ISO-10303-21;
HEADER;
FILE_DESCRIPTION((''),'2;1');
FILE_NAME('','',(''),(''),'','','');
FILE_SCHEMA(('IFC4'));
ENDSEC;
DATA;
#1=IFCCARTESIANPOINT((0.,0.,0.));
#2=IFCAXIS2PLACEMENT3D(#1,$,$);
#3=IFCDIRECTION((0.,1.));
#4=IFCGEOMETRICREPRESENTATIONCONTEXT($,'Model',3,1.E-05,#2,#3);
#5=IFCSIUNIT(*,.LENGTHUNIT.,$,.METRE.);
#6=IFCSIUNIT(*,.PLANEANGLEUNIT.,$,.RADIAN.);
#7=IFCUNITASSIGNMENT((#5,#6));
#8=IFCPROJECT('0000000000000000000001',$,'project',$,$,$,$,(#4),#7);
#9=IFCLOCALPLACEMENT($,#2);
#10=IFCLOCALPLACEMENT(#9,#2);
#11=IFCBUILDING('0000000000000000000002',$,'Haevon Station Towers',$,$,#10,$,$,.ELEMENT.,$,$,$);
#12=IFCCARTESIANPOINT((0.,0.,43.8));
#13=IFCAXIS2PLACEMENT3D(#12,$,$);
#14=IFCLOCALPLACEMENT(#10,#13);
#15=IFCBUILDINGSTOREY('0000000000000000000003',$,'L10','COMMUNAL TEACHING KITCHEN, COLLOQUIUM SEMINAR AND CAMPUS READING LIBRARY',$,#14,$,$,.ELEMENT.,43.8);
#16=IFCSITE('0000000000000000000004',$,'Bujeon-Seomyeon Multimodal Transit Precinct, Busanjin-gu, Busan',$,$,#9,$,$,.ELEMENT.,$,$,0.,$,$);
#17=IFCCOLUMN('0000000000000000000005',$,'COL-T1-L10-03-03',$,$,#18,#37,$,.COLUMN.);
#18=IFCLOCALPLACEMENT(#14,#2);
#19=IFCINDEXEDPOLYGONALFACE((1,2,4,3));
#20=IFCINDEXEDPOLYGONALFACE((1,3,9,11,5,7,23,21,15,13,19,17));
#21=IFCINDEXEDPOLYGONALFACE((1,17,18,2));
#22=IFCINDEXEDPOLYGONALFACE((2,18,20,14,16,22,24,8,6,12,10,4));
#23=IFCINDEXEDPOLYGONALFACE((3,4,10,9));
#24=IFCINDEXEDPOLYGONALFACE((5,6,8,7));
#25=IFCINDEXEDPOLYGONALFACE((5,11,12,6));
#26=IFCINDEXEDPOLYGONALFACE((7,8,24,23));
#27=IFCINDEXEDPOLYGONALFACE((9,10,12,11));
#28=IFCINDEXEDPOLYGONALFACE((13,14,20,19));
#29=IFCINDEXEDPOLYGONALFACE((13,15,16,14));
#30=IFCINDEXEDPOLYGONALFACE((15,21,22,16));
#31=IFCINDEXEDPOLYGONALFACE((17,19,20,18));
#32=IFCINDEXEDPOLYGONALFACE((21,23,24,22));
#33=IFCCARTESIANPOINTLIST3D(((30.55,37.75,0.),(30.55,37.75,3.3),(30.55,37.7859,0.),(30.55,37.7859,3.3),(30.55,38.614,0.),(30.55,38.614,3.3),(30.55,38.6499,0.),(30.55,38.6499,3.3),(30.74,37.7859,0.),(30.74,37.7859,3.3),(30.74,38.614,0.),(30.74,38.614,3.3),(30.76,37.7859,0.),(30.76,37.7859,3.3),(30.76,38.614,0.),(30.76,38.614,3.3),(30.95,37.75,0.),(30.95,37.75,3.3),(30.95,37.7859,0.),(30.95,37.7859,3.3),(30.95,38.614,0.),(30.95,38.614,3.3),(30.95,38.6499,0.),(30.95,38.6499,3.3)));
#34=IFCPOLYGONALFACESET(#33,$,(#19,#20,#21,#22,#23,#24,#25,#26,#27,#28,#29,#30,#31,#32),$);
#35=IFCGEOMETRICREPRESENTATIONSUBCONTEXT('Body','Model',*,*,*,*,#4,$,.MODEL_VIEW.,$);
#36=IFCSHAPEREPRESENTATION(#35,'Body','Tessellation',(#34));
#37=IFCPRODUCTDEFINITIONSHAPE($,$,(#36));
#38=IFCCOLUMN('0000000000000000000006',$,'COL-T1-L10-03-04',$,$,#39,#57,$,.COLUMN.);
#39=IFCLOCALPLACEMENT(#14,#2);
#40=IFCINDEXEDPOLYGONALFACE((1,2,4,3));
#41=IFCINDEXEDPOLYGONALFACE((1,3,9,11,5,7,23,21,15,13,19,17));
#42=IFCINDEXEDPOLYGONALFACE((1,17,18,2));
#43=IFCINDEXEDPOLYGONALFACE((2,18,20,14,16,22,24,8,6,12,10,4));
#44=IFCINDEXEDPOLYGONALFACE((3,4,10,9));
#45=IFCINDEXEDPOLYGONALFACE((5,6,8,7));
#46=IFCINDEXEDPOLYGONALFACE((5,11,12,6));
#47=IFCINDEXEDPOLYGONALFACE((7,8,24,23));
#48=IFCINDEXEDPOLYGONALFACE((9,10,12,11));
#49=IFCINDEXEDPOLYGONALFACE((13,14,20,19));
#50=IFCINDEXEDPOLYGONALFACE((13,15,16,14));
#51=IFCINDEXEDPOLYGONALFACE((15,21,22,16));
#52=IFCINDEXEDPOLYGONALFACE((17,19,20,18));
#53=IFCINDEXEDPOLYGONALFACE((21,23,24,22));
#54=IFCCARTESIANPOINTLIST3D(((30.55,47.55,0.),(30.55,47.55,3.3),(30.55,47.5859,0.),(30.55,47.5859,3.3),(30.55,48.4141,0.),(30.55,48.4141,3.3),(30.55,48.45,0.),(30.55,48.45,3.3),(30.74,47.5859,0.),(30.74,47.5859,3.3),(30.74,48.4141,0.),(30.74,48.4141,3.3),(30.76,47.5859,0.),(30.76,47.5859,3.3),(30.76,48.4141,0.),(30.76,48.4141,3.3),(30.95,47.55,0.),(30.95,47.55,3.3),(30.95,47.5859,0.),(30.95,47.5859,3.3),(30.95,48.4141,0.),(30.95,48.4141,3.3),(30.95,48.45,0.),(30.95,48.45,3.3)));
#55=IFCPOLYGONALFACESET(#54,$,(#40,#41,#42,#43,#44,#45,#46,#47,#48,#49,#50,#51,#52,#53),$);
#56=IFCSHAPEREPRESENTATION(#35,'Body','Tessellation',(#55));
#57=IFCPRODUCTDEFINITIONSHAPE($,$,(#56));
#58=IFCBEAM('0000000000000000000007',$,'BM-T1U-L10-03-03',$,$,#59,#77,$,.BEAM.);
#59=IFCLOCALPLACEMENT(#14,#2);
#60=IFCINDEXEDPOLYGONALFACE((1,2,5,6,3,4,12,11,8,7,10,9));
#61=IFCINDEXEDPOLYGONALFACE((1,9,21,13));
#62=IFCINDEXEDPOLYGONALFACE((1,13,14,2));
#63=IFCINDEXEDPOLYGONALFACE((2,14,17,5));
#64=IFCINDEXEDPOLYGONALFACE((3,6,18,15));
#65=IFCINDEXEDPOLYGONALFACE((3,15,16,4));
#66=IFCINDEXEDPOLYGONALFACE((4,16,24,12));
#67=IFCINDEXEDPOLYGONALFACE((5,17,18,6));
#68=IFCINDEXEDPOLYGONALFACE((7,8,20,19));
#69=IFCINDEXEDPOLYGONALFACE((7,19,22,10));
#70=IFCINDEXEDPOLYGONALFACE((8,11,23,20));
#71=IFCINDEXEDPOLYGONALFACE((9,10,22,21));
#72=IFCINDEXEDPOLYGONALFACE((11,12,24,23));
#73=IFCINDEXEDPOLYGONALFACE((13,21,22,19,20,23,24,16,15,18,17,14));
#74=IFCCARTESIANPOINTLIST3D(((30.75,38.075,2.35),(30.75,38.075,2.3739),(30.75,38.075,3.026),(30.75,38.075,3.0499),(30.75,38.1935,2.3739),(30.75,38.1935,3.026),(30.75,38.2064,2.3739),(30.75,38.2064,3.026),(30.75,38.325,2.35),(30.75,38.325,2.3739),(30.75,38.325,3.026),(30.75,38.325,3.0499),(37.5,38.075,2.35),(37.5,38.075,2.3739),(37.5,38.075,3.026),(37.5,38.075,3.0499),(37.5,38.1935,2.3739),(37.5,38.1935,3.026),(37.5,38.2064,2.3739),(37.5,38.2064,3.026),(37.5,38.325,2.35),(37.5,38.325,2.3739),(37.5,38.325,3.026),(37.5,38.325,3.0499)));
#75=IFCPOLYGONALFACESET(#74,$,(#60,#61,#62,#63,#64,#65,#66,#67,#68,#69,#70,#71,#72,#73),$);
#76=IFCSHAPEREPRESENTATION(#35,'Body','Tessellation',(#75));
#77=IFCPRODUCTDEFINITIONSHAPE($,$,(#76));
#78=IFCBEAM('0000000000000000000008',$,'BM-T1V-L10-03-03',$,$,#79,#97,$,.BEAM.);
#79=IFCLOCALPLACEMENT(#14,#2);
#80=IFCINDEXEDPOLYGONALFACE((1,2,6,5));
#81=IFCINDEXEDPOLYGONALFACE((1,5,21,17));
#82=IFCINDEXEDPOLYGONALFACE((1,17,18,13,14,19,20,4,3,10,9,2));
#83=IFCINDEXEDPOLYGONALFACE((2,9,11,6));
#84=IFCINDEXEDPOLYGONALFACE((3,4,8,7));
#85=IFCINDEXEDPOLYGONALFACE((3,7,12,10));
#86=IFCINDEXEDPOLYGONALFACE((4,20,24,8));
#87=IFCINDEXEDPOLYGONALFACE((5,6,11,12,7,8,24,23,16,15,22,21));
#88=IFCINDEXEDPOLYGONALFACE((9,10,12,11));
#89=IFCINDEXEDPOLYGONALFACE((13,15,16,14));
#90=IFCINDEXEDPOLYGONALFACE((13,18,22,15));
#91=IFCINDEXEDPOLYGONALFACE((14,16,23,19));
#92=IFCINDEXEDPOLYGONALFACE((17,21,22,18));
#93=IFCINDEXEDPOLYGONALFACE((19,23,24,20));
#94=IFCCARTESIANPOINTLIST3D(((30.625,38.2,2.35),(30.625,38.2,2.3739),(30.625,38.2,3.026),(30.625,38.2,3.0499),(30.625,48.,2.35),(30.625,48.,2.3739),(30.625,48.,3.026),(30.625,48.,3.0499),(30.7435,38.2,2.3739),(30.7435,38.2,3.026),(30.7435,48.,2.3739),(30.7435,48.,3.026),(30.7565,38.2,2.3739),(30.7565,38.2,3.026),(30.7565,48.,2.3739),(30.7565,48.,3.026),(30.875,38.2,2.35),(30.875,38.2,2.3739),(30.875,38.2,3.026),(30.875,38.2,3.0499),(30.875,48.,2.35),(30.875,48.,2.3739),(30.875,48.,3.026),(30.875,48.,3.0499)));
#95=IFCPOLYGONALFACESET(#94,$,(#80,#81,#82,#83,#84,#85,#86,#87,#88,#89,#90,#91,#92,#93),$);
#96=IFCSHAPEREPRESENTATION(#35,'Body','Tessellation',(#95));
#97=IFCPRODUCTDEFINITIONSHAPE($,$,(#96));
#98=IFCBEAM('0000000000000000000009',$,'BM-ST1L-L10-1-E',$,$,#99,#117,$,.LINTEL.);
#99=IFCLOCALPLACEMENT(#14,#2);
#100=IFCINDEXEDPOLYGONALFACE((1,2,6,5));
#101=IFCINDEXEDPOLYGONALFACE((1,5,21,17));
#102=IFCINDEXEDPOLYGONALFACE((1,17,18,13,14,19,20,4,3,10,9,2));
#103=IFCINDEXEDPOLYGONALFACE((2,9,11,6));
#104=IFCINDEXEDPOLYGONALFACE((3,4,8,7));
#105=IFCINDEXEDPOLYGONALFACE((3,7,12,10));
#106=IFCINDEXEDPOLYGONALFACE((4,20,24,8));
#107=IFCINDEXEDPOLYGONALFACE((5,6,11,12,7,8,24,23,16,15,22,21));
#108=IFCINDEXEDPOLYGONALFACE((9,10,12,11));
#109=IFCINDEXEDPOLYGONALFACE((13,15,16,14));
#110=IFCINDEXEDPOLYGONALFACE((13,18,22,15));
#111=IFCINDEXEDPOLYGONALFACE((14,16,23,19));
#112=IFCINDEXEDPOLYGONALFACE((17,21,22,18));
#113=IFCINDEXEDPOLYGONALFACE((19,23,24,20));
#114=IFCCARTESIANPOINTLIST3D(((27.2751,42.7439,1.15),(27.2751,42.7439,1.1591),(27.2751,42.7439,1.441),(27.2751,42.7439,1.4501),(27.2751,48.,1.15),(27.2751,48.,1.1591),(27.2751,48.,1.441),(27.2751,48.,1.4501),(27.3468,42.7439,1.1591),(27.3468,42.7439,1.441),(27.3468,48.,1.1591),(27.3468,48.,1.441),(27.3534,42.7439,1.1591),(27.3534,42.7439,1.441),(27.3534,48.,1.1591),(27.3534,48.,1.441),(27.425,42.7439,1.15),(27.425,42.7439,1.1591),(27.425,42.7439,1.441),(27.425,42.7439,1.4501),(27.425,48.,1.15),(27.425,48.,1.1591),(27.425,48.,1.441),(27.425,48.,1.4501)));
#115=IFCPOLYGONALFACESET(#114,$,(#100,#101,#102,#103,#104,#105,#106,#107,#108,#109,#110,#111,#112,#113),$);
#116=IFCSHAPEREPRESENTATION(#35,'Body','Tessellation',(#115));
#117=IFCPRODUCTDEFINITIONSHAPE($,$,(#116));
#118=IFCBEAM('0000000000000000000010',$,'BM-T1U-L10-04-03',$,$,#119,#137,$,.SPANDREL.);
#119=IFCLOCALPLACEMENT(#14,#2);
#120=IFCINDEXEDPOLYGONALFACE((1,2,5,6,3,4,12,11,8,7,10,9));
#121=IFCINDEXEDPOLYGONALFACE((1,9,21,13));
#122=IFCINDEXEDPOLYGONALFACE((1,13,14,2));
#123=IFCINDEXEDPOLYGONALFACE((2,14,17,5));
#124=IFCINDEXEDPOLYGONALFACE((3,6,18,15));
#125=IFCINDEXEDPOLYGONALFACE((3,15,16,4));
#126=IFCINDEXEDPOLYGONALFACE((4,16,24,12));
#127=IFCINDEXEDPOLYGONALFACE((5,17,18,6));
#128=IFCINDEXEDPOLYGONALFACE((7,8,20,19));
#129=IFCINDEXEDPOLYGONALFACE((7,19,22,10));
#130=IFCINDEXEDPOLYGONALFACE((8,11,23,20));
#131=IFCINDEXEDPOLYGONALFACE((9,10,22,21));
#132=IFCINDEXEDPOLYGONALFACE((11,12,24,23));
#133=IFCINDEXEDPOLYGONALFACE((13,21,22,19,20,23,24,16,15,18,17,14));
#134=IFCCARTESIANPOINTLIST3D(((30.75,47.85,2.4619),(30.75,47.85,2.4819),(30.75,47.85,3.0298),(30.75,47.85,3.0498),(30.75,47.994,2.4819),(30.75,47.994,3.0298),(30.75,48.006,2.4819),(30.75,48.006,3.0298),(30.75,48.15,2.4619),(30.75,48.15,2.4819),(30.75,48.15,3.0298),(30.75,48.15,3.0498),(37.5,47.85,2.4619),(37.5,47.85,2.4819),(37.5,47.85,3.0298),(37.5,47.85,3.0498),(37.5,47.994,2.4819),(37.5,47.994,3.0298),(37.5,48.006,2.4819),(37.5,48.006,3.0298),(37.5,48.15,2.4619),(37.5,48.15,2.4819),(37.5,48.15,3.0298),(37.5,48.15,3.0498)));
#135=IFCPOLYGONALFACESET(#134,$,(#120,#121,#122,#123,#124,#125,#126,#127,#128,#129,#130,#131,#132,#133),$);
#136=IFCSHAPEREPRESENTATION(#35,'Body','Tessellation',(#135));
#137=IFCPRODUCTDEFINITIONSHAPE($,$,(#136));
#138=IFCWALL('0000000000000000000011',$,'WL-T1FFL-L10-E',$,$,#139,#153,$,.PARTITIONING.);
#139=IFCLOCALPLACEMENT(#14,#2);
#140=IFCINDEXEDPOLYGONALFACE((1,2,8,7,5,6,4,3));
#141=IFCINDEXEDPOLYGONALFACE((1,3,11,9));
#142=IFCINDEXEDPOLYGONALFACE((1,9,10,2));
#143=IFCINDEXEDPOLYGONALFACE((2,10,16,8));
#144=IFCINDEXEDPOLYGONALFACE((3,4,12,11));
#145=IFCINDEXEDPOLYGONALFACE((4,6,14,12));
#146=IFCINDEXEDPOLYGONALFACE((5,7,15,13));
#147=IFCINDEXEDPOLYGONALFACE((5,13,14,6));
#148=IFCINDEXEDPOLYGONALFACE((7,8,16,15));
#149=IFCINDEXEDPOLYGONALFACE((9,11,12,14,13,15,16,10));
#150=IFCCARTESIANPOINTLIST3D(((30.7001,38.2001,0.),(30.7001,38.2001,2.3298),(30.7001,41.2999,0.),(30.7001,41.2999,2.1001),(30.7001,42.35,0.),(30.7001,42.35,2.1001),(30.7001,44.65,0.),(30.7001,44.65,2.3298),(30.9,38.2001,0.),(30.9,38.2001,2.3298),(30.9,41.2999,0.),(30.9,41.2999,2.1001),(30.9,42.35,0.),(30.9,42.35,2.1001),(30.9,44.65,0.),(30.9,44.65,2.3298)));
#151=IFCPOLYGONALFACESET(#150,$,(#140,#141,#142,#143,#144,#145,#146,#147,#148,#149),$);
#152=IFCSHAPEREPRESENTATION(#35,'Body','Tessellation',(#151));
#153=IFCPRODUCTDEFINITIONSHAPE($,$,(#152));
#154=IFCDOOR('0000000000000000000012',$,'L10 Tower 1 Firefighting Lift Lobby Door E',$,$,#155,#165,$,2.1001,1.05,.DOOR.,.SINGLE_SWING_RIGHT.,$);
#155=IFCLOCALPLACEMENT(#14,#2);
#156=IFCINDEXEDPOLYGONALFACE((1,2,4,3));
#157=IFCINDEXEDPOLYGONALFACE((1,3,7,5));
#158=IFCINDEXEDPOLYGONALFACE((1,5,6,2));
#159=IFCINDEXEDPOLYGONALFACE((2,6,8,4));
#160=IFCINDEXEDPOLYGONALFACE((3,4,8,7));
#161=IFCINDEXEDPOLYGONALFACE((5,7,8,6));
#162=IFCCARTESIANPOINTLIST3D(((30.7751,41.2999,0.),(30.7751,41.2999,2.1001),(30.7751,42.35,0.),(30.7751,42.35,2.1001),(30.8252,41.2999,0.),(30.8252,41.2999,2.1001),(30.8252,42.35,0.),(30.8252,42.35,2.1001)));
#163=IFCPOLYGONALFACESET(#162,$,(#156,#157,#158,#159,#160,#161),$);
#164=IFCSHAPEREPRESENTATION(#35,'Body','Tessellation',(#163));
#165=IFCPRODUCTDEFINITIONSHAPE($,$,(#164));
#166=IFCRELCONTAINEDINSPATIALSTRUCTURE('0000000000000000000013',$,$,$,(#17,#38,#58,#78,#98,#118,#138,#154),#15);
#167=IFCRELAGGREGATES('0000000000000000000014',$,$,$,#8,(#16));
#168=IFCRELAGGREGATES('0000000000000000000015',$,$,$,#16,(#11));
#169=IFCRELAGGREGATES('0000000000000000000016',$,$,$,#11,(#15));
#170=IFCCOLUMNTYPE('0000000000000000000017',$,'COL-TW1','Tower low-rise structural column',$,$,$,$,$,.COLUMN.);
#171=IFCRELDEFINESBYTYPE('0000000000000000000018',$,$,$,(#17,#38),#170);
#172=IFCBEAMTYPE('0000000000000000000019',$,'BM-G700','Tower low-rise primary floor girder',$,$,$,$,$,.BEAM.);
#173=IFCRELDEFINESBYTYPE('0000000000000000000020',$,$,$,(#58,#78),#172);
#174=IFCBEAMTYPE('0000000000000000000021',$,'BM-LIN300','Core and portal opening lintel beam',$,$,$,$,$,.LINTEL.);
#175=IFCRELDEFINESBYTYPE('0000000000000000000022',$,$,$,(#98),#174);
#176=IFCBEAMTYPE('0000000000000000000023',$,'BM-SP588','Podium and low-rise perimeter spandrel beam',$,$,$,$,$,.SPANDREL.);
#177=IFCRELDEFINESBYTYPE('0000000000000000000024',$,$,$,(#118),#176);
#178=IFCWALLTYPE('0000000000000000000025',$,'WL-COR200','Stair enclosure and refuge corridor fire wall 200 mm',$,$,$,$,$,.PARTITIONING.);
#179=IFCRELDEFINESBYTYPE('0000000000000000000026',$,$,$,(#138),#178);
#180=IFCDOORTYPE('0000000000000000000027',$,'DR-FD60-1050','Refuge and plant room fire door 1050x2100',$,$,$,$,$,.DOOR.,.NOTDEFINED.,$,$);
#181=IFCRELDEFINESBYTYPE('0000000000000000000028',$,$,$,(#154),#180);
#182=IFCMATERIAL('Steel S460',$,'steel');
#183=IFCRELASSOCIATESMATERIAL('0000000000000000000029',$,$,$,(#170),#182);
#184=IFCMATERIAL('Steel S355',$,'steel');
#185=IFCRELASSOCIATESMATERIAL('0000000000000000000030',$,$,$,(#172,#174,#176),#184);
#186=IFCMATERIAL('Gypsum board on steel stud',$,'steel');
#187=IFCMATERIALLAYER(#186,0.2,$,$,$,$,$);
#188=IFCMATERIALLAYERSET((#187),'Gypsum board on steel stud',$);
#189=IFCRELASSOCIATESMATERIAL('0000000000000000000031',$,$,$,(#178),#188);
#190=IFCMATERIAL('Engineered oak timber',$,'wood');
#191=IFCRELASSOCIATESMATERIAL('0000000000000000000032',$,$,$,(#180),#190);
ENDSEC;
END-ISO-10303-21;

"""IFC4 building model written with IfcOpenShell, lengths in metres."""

from ifc_helpers import new_model, si_unit, direction, frame, frame_2d, origin, origin_2d, place, context, subcontext, project, spatial, rectangle, i_section, extrude, material, layer, layer_set, material_profile, profile_set, type_object, element, fill, save


model = new_model("IFC4")

# Units and contexts
model_context = context("Model", 3, precision=1e-05, world=origin(), true_north=direction((0.0, 1.0)))
body_context = subcontext(model_context, "Body", "Model", "MODEL_VIEW")
ifc_project = project(units=[si_unit("LENGTHUNIT", "METRE"), si_unit("PLANEANGLEUNIT", "RADIAN")], contexts=[model_context])

# Site, building, storey
site_placement = place(None, origin())
site = spatial("IfcSite", under=ifc_project, at=site_placement, Name="Bujeon-Seomyeon Multimodal Transit Precinct, Busanjin-gu, Busan", CompositionType="ELEMENT", RefElevation=0.0)
building_placement = place(site_placement, origin())
building = spatial("IfcBuilding", under=site, at=building_placement, Name="Haevon Station Towers", CompositionType="ELEMENT")
storey_placement = place(building_placement, frame((0.0, 0.0, 43.8)))
storey = spatial("IfcBuildingStorey", under=building, at=storey_placement, Name="L10", Description="COMMUNAL TEACHING KITCHEN, COLLOQUIUM SEMINAR AND CAMPUS READING LIBRARY", CompositionType="ELEMENT", Elevation=43.8)

# Columns
ifc_material_1 = material(Name="Steel S460", Category="steel")
ifc_material_profile_1 = material_profile(ifc_material_1, i_section(OverallWidth=0.3999, OverallDepth=0.8999, WebThickness=0.02, FlangeThickness=0.0359, at=origin_2d()), Name="H-900x400x20x36")
ifc_profile_set_1 = profile_set([ifc_material_profile_1], Name="Steel S460")
column_type = type_object("IfcColumnType", Name="COL-TW1", Description="Tower low-rise structural column", PredefinedType="COLUMN", material=ifc_profile_set_1)
for number, where, z_axis, x_axis, name in (
    (1, (30.75, 38.2, 0.0), (0.0, 0.0, 1.0), (1.0, 0.0, 0.0), "COL-T1-L10-03-03"),
    (2, (30.75, 48.0, 0.0), (0.0, 0.0, 1.0), (1.0, 0.0, 0.0), "COL-T1-L10-03-04"),
):
    element("IfcColumn", number, at=place(storey_placement, frame(where, z_axis=z_axis, x_axis=x_axis)), inside=storey, type_object=column_type, Name=name, PredefinedType="COLUMN", context=body_context, shape_type="SweptSolid", body=[
        extrude(i_section(OverallWidth=0.3999, OverallDepth=0.8999, WebThickness=0.02, FlangeThickness=0.0359, at=origin_2d()), origin(), (0.0, 0.0, 1.0), 3.3),
    ])

# Beams
ifc_material_2 = material(Name="Steel S355", Category="steel")
ifc_material_profile_2 = material_profile(ifc_material_2, i_section(OverallWidth=0.25, OverallDepth=0.7, WebThickness=0.0129, FlangeThickness=0.0239, at=origin_2d()), Name="H-700x250x13x24")
ifc_profile_set_2 = profile_set([ifc_material_profile_2], Name="Steel S355")
beam_type_1 = type_object("IfcBeamType", Name="BM-G700", Description="Tower low-rise primary floor girder", PredefinedType="BEAM", material=ifc_profile_set_2)
beam_1_placement = place(storey_placement, frame((30.75, 38.2, 2.7), z_axis=(1.0, 0.0, 0.0), x_axis=(0.0, 1.0, 0.0)))
element("IfcBeam", 3, at=beam_1_placement, inside=storey, type_object=beam_type_1, Name="BM-T1U-L10-03-03", PredefinedType="BEAM", context=body_context, shape_type="SweptSolid", body=[
    extrude(i_section(OverallWidth=0.25, OverallDepth=0.7, WebThickness=0.0129, FlangeThickness=0.0239, at=origin_2d()), origin(), (0.0, 0.0, 1.0), 6.75),
])
beam_2_placement = place(storey_placement, frame((30.75, 38.2, 2.7), z_axis=(0.0, 1.0, 0.0), x_axis=(-1.0, 0.0, 0.0)))
element("IfcBeam", 4, at=beam_2_placement, inside=storey, type_object=beam_type_1, Name="BM-T1V-L10-03-03", PredefinedType="BEAM", context=body_context, shape_type="SweptSolid", body=[
    extrude(i_section(OverallWidth=0.25, OverallDepth=0.7, WebThickness=0.0129, FlangeThickness=0.0239, at=origin_2d()), origin(), (0.0, 0.0, 1.0), 9.8),
])
ifc_material_profile_3 = material_profile(ifc_material_2, i_section(OverallWidth=0.1499, OverallDepth=0.3, WebThickness=0.0066, FlangeThickness=0.009, at=origin_2d()), Name="H-300x150x6.5x9")
ifc_profile_set_3 = profile_set([ifc_material_profile_3], Name="Steel S355")
beam_type_2 = type_object("IfcBeamType", Name="BM-LIN300", Description="Core and portal opening lintel beam", PredefinedType="LINTEL", material=ifc_profile_set_3)
beam_3_placement = place(storey_placement, frame((27.3501, 42.7439, 1.3), z_axis=(0.0, 1.0, 0.0), x_axis=(-1.0, 0.0, 0.0)))
element("IfcBeam", 5, at=beam_3_placement, inside=storey, type_object=beam_type_2, Name="BM-ST1L-L10-1-E", PredefinedType="LINTEL", context=body_context, shape_type="SweptSolid", body=[
    extrude(i_section(OverallWidth=0.1499, OverallDepth=0.3, WebThickness=0.0066, FlangeThickness=0.009, at=origin_2d()), origin(), (0.0, 0.0, 1.0), 5.2561),
])
ifc_material_profile_4 = material_profile(ifc_material_2, i_section(OverallWidth=0.3, OverallDepth=0.5879, WebThickness=0.012, FlangeThickness=0.02, at=origin_2d()), Name="H-588x300x12x20")
ifc_profile_set_4 = profile_set([ifc_material_profile_4], Name="Steel S355")
beam_type_3 = type_object("IfcBeamType", Name="BM-SP588", Description="Podium and low-rise perimeter spandrel beam", PredefinedType="SPANDREL", material=ifc_profile_set_4)
beam_4_placement = place(storey_placement, frame((30.75, 48.0, 2.7559), z_axis=(1.0, 0.0, 0.0), x_axis=(0.0, 1.0, 0.0)))
element("IfcBeam", 6, at=beam_4_placement, inside=storey, type_object=beam_type_3, Name="BM-T1U-L10-04-03", PredefinedType="SPANDREL", context=body_context, shape_type="SweptSolid", body=[
    extrude(i_section(OverallWidth=0.3, OverallDepth=0.5879, WebThickness=0.012, FlangeThickness=0.02, at=origin_2d()), origin(), (0.0, 0.0, 1.0), 6.75),
])

# Wall, opening, door
ifc_material_3 = material(Name="Gypsum board on steel stud", Category="steel")
ifc_layer_1 = layer(ifc_material_3, 0.2)
ifc_layer_set_1 = layer_set([ifc_layer_1], Name="Gypsum board on steel stud")
wall_type_1 = type_object("IfcWallType", Name="WL-COR200", Description="Stair enclosure and refuge corridor fire wall 200 mm", PredefinedType="PARTITIONING", material=ifc_layer_set_1)
wall_1_placement = place(storey_placement, frame((30.8, 38.2, 0.0), z_axis=(0.0, 0.0, 1.0), x_axis=(0.0, 1.0, 0.0)))
wall_1 = element("IfcWall", 7, at=wall_1_placement, inside=storey, type_object=wall_type_1, Name="WL-T1FFL-L10-E", PredefinedType="PARTITIONING", context=body_context, shape_type="SweptSolid", body=[
    extrude(rectangle(XDim=6.45, YDim=0.2, at=frame_2d((3.2251, 0.0))), origin(), (0.0, 0.0, 1.0), 2.3298),
])
opening_1_placement = place(wall_1_placement, frame((3.1001, 0.0, 0.0)))
opening_1 = element("IfcOpeningElement", 8, at=opening_1_placement, cuts=wall_1, PredefinedType="OPENING", context=body_context, shape_type="SweptSolid", body=[
    extrude(rectangle(XDim=1.05, YDim=2.1001, at=frame_2d((0.5249, 1.05))), frame((0.0, 0.1099, 0.0), z_axis=(0.0, -1.0, 0.0), x_axis=(1.0, 0.0, 0.0)), (0.0, 0.0, 1.0), 0.22),
])
ifc_material_4 = material(Name="Engineered oak timber", Category="wood")
door_type_1 = type_object("IfcDoorType", Name="DR-FD60-1050", Description="Refuge and plant room fire door 1050x2100", OperationType="NOTDEFINED", PredefinedType="DOOR", material=ifc_material_4)
door_1_placement = place(opening_1_placement, origin())
door_1 = element("IfcDoor", 9, at=door_1_placement, inside=storey, type_object=door_type_1, Name="L10 Tower 1 Firefighting Lift Lobby Door E", OperationType="SINGLE_SWING_RIGHT", OverallHeight=2.1001, OverallWidth=1.05, PredefinedType="DOOR", context=body_context, shape_type="SweptSolid", body=[
    extrude(rectangle(XDim=1.05, YDim=2.1001, at=frame_2d((0.5249, 1.05))), frame((0.0, 0.0249, 0.0), z_axis=(0.0, -1.0, 0.0), x_axis=(1.0, 0.0, 0.0)), (0.0, 0.0, 1.0), 0.05),
])
fill(opening_1, door_1)

save(model, "model.ifc")
